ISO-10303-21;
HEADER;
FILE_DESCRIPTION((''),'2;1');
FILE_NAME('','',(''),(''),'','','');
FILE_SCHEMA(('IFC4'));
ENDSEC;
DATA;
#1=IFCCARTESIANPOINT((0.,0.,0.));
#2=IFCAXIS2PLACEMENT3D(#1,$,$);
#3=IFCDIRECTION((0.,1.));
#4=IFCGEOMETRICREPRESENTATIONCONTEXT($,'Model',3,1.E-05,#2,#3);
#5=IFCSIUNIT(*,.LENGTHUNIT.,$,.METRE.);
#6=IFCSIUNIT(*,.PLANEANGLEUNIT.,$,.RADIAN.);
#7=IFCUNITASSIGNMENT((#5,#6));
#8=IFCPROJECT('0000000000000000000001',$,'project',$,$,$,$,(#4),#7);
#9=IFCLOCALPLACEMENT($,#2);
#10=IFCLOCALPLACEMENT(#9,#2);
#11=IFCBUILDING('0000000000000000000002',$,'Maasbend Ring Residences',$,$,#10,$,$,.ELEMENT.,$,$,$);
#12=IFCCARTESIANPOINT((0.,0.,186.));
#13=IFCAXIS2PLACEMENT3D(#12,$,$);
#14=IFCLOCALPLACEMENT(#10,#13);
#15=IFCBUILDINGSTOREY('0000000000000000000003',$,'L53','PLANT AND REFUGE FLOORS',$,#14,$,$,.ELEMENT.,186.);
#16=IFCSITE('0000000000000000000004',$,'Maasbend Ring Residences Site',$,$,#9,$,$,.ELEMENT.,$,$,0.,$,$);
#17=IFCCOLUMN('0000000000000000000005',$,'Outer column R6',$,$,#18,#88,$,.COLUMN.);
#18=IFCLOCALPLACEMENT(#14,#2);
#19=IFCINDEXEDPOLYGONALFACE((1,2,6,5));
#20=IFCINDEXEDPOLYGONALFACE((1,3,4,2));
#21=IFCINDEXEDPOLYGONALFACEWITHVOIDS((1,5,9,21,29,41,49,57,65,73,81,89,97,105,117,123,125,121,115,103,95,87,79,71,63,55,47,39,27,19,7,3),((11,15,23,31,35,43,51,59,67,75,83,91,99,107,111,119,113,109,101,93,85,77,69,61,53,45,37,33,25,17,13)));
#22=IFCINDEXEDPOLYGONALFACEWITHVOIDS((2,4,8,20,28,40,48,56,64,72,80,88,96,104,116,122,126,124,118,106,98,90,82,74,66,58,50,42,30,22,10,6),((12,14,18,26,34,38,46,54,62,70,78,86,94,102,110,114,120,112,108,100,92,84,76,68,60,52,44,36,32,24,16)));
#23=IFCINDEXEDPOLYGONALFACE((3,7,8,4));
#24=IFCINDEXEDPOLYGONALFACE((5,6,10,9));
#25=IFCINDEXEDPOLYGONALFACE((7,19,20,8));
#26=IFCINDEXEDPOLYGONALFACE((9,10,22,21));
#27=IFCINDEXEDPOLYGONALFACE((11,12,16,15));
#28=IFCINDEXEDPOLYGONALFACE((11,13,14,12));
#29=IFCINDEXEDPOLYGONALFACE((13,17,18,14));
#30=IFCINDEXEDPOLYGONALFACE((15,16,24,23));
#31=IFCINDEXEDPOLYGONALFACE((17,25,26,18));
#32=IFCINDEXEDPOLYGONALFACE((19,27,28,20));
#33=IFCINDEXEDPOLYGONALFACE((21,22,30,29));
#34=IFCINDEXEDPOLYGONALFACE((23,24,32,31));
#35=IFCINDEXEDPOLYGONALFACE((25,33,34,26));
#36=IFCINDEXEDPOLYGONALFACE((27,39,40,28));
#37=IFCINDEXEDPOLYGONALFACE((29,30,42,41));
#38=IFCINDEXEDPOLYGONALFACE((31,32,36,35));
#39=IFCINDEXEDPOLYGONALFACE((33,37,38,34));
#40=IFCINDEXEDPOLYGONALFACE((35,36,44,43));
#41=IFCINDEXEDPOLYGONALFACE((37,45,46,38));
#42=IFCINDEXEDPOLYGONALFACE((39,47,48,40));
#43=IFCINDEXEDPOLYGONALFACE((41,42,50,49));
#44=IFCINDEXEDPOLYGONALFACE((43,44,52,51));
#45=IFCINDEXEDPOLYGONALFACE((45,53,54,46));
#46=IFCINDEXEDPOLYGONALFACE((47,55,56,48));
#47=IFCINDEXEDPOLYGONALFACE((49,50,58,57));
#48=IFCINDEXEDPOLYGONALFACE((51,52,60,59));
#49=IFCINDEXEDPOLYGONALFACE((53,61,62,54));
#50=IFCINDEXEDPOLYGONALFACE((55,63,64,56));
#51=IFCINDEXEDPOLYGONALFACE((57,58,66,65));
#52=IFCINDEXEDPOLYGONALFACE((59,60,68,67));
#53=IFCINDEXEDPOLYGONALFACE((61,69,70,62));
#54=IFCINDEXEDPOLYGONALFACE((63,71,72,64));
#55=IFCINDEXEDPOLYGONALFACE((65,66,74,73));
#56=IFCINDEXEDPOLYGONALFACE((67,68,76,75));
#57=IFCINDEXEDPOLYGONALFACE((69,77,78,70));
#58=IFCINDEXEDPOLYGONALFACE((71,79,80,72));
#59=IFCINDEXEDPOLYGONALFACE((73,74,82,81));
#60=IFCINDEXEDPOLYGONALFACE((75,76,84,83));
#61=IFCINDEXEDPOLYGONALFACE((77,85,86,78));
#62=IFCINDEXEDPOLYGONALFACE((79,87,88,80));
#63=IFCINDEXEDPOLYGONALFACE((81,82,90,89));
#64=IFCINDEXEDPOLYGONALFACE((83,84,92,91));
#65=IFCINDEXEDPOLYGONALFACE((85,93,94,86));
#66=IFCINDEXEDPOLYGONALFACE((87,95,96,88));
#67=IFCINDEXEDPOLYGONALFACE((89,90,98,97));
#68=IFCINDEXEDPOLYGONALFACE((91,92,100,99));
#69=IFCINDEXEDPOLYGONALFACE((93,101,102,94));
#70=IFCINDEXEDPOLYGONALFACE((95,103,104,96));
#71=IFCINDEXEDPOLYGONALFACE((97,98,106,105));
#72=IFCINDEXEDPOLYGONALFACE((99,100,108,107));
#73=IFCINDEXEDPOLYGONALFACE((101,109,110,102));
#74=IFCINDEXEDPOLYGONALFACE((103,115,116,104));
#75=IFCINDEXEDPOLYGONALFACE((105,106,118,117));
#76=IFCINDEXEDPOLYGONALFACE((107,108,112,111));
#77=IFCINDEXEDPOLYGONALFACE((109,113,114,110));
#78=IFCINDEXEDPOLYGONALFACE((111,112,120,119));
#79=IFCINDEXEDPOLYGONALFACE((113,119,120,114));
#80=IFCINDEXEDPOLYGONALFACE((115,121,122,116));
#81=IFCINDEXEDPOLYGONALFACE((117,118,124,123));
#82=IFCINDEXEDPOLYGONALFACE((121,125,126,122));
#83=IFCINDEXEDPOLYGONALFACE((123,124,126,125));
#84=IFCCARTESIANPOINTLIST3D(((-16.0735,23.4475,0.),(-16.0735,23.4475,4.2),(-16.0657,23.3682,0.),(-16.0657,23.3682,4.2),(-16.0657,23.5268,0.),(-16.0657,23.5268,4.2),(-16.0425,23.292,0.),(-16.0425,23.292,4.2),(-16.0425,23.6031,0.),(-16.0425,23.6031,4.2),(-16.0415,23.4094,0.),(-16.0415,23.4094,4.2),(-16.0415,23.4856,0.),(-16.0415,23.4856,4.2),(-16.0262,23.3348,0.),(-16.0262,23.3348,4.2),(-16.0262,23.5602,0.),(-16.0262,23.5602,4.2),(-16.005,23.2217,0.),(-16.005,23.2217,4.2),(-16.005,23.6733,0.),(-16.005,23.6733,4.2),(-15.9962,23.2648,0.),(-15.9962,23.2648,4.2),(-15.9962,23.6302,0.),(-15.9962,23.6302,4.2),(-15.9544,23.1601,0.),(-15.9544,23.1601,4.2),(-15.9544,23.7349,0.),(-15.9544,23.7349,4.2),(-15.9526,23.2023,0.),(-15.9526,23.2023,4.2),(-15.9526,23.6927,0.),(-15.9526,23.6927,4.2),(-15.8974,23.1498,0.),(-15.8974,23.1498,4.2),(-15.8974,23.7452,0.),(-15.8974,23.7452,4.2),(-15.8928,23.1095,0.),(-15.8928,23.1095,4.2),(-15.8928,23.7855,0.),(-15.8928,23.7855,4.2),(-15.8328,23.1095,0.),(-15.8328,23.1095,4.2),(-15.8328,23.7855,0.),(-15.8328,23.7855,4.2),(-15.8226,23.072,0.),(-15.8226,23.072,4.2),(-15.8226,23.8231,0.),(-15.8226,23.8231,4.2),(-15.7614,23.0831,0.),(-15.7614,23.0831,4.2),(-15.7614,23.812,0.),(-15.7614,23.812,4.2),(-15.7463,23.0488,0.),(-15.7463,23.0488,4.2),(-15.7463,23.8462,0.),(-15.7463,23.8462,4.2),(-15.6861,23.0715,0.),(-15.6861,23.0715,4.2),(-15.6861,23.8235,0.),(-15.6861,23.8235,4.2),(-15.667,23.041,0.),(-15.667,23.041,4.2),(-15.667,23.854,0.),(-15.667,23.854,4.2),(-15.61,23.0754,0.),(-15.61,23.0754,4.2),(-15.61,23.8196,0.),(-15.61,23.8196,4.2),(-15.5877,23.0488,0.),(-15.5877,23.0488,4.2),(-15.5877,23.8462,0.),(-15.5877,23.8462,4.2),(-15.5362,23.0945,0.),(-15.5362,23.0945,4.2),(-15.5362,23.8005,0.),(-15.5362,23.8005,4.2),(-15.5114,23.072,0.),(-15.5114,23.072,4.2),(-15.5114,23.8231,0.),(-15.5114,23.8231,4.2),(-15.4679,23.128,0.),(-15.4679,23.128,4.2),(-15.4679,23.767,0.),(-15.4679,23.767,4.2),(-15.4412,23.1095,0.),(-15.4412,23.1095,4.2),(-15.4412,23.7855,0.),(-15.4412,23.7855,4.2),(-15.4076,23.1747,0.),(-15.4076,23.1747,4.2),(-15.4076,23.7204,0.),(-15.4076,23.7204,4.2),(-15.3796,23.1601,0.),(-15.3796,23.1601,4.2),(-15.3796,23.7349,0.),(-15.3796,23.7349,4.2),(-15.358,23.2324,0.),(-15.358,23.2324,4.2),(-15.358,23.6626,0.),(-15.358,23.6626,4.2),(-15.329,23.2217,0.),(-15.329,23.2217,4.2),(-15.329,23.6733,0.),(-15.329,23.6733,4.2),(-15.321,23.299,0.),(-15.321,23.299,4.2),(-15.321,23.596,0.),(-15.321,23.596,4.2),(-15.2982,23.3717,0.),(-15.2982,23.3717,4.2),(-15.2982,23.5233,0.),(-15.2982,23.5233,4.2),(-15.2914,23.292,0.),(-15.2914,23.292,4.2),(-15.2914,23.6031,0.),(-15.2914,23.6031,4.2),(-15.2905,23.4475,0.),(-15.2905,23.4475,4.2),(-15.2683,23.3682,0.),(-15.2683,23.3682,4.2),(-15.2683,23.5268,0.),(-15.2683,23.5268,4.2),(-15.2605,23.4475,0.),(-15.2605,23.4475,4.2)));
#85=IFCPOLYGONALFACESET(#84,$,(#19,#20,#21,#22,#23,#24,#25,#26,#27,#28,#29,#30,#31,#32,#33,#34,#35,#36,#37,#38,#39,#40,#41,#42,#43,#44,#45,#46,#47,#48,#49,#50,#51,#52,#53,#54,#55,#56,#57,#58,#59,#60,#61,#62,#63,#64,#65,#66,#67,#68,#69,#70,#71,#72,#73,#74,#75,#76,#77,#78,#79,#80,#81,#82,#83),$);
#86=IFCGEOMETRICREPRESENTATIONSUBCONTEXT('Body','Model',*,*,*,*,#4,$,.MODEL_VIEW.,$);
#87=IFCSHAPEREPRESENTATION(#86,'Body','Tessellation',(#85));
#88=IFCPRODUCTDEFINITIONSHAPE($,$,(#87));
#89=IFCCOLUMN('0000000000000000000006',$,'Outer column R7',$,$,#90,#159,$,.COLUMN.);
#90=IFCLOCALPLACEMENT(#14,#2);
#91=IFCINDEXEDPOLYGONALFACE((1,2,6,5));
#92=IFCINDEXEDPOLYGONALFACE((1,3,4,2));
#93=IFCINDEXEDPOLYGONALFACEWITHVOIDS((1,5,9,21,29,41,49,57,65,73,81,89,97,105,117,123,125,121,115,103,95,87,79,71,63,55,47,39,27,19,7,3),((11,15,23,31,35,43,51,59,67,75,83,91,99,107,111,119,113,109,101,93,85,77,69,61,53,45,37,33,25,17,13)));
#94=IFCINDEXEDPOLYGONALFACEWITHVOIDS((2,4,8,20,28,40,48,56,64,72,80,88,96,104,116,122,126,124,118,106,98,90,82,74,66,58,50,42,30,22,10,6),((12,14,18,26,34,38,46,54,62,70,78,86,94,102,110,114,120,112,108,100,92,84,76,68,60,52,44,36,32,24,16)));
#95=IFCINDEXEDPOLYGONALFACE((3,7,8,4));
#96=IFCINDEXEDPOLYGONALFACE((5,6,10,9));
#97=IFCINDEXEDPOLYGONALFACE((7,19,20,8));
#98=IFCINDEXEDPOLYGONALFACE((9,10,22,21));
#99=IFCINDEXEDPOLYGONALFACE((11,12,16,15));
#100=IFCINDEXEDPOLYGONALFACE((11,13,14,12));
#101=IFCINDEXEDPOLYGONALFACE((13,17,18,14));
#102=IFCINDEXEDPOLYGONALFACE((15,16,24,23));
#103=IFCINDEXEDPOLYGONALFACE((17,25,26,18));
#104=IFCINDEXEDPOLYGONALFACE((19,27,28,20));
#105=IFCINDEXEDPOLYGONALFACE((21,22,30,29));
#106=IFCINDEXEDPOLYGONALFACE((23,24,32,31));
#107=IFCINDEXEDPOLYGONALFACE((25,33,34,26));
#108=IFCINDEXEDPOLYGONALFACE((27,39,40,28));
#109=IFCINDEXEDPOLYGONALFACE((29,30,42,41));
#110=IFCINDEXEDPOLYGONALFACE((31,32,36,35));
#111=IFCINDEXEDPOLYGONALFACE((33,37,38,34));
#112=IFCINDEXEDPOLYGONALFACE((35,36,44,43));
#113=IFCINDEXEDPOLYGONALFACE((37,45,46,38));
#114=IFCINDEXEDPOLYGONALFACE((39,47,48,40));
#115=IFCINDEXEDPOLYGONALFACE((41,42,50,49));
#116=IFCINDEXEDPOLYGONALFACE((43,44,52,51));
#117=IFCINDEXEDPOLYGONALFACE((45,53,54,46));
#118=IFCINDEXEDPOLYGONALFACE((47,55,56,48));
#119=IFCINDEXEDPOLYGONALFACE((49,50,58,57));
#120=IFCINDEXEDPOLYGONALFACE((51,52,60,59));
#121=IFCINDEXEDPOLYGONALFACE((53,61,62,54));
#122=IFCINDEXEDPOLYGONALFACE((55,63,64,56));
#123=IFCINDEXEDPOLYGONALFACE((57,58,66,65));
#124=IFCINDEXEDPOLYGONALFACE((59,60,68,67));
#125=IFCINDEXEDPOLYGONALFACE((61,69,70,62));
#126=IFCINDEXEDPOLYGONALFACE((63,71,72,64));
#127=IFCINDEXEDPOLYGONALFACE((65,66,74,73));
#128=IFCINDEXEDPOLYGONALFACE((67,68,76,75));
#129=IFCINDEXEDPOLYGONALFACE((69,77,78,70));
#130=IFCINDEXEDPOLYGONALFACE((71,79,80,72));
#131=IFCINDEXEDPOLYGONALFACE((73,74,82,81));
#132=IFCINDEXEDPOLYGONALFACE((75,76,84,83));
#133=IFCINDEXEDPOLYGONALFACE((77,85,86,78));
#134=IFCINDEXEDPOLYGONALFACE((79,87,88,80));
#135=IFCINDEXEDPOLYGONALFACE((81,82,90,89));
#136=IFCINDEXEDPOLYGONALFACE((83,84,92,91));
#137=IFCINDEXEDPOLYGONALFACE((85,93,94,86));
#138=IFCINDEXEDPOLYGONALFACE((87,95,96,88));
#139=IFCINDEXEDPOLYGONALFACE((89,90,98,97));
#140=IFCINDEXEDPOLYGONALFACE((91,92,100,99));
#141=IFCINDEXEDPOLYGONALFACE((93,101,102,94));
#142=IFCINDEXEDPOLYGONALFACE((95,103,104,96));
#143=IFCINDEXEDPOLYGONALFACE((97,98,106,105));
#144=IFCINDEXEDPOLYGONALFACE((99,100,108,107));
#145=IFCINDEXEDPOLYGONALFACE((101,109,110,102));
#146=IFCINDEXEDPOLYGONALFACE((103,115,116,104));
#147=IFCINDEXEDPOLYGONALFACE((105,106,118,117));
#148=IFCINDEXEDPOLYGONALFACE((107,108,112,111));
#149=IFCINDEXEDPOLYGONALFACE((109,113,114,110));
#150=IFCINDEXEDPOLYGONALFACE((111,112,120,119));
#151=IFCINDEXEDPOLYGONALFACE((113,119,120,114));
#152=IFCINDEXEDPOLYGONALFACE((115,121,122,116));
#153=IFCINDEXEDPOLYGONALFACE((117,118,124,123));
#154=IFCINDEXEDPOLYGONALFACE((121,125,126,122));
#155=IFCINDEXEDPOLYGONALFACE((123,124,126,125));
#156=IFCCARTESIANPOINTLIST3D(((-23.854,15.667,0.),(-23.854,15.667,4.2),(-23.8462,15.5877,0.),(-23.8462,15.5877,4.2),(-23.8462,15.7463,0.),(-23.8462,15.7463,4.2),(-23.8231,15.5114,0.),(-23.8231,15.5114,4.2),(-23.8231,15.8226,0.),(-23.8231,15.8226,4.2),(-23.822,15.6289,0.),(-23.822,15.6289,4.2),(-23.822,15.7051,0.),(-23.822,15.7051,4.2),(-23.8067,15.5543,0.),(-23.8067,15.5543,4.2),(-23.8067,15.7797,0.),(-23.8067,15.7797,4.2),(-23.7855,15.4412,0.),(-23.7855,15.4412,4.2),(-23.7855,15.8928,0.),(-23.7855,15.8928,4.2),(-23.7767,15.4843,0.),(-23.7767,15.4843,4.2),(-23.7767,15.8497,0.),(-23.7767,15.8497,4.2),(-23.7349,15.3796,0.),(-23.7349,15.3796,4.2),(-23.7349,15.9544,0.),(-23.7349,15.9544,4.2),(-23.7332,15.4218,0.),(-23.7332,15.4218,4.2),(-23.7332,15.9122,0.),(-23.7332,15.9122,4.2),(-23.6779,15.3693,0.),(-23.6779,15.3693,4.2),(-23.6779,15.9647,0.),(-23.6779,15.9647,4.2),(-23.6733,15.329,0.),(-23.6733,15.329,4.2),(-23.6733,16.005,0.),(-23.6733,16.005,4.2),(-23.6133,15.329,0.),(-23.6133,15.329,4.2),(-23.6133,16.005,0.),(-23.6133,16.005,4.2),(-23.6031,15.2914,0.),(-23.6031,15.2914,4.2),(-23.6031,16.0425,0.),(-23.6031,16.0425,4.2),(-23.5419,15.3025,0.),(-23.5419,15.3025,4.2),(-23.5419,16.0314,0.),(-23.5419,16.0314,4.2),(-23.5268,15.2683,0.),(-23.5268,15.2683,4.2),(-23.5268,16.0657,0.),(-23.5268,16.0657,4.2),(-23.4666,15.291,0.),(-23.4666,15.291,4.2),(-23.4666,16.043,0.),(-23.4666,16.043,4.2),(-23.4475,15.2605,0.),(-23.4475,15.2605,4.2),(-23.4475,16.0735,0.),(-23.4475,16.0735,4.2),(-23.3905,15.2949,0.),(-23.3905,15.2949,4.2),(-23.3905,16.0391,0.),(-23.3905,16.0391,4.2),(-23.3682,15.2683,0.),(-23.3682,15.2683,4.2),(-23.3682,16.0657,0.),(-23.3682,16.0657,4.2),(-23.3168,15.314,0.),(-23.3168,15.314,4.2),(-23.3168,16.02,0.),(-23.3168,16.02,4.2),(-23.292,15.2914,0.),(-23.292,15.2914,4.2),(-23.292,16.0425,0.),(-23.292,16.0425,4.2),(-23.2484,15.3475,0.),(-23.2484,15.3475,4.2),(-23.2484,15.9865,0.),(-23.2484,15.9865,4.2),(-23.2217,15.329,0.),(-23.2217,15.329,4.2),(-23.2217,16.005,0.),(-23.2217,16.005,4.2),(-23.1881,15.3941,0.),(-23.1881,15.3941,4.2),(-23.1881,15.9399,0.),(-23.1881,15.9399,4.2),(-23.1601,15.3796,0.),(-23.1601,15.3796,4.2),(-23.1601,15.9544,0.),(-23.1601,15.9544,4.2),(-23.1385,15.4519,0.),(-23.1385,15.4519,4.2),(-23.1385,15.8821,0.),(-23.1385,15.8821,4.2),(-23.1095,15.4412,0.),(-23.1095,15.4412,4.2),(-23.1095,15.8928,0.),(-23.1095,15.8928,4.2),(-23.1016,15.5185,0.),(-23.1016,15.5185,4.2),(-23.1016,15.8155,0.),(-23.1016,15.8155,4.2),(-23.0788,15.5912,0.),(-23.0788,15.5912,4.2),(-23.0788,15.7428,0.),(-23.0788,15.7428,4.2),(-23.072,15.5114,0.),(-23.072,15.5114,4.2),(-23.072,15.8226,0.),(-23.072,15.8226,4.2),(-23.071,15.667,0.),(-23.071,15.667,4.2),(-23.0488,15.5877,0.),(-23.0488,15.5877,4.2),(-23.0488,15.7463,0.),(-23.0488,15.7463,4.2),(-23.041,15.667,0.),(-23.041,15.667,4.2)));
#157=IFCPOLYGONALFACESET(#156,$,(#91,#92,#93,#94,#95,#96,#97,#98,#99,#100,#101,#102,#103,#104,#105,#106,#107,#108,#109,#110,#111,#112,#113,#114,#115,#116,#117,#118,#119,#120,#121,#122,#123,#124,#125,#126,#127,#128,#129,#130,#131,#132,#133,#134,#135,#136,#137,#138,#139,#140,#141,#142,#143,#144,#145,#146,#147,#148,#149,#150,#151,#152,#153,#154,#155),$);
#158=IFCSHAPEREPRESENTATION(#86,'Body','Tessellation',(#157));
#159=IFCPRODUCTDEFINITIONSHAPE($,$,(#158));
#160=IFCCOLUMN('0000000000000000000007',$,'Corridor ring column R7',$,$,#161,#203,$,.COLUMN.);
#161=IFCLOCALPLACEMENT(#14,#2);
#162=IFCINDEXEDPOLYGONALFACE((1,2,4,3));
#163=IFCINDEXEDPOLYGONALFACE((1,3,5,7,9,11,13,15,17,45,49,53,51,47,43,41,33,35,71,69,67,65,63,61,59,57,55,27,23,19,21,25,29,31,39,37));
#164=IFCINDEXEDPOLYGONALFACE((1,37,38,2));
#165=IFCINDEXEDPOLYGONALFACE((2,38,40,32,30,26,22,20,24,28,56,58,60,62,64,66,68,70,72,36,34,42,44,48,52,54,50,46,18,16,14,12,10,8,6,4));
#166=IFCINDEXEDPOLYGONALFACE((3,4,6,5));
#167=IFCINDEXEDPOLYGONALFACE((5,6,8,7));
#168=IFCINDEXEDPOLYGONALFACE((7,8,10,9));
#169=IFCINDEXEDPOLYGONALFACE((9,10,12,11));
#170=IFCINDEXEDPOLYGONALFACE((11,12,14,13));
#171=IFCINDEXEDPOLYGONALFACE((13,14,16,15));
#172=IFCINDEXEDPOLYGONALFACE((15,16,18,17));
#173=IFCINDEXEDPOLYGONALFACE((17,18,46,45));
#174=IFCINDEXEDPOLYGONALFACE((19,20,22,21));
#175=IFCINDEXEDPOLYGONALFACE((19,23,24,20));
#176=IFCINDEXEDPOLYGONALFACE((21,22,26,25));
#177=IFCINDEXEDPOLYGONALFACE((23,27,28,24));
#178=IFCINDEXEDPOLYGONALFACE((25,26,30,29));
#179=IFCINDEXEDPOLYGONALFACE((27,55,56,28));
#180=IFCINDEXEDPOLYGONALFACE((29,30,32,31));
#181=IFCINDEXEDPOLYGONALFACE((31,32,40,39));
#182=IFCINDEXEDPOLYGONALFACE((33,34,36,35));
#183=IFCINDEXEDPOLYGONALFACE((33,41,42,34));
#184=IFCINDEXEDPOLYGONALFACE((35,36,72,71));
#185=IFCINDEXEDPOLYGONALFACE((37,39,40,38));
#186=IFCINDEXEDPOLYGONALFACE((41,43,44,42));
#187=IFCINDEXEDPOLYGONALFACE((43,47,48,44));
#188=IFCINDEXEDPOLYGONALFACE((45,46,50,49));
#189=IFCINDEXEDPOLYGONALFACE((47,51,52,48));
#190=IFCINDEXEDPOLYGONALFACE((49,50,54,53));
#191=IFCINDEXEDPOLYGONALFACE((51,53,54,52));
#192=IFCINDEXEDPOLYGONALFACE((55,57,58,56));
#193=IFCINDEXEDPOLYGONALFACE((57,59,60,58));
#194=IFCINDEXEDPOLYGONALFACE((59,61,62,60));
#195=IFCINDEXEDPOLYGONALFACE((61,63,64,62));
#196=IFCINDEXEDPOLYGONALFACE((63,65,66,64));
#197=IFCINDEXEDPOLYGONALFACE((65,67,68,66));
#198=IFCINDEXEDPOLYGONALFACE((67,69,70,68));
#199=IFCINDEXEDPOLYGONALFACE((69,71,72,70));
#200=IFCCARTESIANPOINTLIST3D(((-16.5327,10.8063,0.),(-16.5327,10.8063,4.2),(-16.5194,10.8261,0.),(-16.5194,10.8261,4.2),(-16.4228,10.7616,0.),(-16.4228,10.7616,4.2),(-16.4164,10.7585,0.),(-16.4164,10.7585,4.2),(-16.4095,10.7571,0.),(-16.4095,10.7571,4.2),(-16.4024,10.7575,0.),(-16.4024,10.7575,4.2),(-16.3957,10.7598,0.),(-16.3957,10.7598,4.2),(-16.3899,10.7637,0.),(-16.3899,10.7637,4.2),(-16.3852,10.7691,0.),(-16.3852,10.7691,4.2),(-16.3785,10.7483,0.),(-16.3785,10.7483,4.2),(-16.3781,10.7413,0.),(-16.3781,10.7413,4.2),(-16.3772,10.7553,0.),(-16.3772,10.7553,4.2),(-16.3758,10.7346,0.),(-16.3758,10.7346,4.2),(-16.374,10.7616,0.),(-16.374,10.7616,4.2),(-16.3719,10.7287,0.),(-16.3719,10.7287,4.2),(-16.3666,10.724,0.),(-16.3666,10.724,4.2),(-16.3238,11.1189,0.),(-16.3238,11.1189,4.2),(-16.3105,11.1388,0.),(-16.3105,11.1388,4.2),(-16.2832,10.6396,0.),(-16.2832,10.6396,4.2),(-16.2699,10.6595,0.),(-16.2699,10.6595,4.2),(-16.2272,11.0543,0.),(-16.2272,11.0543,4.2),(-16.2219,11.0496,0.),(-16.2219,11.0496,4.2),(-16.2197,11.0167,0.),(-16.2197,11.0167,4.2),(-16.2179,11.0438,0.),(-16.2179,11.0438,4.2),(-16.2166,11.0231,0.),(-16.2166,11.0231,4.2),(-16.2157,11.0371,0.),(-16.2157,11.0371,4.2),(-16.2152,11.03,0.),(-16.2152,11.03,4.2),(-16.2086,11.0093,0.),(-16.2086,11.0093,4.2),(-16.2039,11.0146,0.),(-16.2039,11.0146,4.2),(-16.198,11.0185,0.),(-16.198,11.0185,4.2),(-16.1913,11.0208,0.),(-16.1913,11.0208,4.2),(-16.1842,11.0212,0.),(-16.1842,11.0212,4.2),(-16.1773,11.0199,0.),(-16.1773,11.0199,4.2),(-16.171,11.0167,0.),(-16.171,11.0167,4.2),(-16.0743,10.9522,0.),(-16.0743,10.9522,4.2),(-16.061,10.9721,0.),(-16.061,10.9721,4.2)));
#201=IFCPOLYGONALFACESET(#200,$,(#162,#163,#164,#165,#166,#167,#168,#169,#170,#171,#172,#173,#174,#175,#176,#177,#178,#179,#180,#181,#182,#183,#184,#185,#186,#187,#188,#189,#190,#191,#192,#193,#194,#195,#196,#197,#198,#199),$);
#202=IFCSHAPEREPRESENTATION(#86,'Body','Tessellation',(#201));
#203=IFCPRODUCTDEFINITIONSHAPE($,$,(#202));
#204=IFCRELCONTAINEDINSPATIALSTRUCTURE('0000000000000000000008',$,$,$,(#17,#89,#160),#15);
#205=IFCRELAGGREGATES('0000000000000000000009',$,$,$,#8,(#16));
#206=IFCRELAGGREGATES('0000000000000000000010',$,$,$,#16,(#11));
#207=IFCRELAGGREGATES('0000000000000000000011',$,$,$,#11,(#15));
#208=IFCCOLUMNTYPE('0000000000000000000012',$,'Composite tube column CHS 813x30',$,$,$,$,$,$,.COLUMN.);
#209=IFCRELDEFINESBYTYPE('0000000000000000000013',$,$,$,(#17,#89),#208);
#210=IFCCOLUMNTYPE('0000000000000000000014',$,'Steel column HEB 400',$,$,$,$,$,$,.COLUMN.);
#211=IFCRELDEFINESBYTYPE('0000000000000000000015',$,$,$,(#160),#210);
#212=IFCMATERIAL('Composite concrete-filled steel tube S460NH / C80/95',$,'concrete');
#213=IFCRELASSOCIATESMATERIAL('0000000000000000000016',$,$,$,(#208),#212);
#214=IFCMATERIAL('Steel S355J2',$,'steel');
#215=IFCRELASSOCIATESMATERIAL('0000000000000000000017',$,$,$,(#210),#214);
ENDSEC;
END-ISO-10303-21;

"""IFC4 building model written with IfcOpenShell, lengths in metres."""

from ifc_helpers import new_model, si_unit, direction, frame, origin, origin_2d, place, context, subcontext, project, spatial, hollow_circle, i_section, extrude, material, material_profile, profile_set, type_object, element, save


model = new_model("IFC4")

# Units and contexts
model_context = context("Model", 3, precision=1e-05, world=origin(), true_north=direction((0.0, 1.0)))
body_context = subcontext(model_context, "Body", "Model", "MODEL_VIEW")
ifc_project = project(units=[si_unit("LENGTHUNIT", "METRE"), si_unit("PLANEANGLEUNIT", "RADIAN")], contexts=[model_context])

# Site, building, storey
site_placement = place(None, origin())
site = spatial("IfcSite", under=ifc_project, at=site_placement, Name="Maasbend Ring Residences Site", CompositionType="ELEMENT", RefElevation=0.0)
building_placement = place(site_placement, origin())
building = spatial("IfcBuilding", under=site, at=building_placement, Name="Maasbend Ring Residences", CompositionType="ELEMENT")
storey_placement = place(building_placement, frame((0.0, 0.0, 186.0)))
storey = spatial("IfcBuildingStorey", under=building, at=storey_placement, Name="L53", Description="PLANT AND REFUGE FLOORS", CompositionType="ELEMENT", Elevation=186.0)

# Columns
ifc_material_1 = material(Name="Composite concrete-filled steel tube S460NH / C80/95", Category="concrete")
ifc_material_profile_1 = material_profile(ifc_material_1, hollow_circle(Radius=0.4065, WallThickness=0.03, at=origin_2d()), Name="Composite tube column CHS 813x30")
ifc_profile_set_1 = profile_set([ifc_material_profile_1], Name="Composite concrete-filled steel tube S460NH / C80/95")
column_type_1 = type_object("IfcColumnType", Name="Composite tube column CHS 813x30", PredefinedType="COLUMN", material=ifc_profile_set_1)
for number, where, z_axis, x_axis, name in (
    (1, (-15.667, 23.4475, 0.0), (0.0, 0.0, 1.0), (1.0, 0.0, 0.0), "Outer column R6"),
    (2, (-23.4475, 15.667, 0.0), (0.0, 0.0, 1.0), (1.0, 0.0, 0.0), "Outer column R7"),
):
    element("IfcColumn", number, at=place(storey_placement, frame(where, z_axis=z_axis, x_axis=x_axis)), inside=storey, type_object=column_type_1, Name=name, PredefinedType="COLUMN", context=body_context, shape_type="SweptSolid", body=[
        extrude(hollow_circle(Radius=0.4065, WallThickness=0.03, at=origin_2d()), origin(), (0.0, 0.0, 1.0), 4.2),
    ])
ifc_material_2 = material(Name="Steel S355J2", Category="steel")
ifc_material_profile_2 = material_profile(ifc_material_2, i_section(OverallWidth=0.3, OverallDepth=0.3999, WebThickness=0.0134, FlangeThickness=0.0239, FilletRadius=0.0271, at=origin_2d()), Name="HEB 400")
ifc_profile_set_2 = profile_set([ifc_material_profile_2], Name="Steel S355J2")
column_type_2 = type_object("IfcColumnType", Name="Steel column HEB 400", PredefinedType="COLUMN", material=ifc_profile_set_2)
column_placement = place(storey_placement, frame((-16.2969, 10.8892, 0.0), z_axis=(0.0, 0.0, 1.0), x_axis=(-0.83147, 0.55557, 0.0)))
element("IfcColumn", 3, at=column_placement, inside=storey, type_object=column_type_2, Name="Corridor ring column R7", PredefinedType="COLUMN", context=body_context, shape_type="SweptSolid", body=[
    extrude(i_section(OverallWidth=0.3, OverallDepth=0.3999, WebThickness=0.0134, FlangeThickness=0.0239, FilletRadius=0.0271, at=origin_2d()), origin(), (0.0, 0.0, 1.0), 4.2),
])

save(model, "model.ifc")
